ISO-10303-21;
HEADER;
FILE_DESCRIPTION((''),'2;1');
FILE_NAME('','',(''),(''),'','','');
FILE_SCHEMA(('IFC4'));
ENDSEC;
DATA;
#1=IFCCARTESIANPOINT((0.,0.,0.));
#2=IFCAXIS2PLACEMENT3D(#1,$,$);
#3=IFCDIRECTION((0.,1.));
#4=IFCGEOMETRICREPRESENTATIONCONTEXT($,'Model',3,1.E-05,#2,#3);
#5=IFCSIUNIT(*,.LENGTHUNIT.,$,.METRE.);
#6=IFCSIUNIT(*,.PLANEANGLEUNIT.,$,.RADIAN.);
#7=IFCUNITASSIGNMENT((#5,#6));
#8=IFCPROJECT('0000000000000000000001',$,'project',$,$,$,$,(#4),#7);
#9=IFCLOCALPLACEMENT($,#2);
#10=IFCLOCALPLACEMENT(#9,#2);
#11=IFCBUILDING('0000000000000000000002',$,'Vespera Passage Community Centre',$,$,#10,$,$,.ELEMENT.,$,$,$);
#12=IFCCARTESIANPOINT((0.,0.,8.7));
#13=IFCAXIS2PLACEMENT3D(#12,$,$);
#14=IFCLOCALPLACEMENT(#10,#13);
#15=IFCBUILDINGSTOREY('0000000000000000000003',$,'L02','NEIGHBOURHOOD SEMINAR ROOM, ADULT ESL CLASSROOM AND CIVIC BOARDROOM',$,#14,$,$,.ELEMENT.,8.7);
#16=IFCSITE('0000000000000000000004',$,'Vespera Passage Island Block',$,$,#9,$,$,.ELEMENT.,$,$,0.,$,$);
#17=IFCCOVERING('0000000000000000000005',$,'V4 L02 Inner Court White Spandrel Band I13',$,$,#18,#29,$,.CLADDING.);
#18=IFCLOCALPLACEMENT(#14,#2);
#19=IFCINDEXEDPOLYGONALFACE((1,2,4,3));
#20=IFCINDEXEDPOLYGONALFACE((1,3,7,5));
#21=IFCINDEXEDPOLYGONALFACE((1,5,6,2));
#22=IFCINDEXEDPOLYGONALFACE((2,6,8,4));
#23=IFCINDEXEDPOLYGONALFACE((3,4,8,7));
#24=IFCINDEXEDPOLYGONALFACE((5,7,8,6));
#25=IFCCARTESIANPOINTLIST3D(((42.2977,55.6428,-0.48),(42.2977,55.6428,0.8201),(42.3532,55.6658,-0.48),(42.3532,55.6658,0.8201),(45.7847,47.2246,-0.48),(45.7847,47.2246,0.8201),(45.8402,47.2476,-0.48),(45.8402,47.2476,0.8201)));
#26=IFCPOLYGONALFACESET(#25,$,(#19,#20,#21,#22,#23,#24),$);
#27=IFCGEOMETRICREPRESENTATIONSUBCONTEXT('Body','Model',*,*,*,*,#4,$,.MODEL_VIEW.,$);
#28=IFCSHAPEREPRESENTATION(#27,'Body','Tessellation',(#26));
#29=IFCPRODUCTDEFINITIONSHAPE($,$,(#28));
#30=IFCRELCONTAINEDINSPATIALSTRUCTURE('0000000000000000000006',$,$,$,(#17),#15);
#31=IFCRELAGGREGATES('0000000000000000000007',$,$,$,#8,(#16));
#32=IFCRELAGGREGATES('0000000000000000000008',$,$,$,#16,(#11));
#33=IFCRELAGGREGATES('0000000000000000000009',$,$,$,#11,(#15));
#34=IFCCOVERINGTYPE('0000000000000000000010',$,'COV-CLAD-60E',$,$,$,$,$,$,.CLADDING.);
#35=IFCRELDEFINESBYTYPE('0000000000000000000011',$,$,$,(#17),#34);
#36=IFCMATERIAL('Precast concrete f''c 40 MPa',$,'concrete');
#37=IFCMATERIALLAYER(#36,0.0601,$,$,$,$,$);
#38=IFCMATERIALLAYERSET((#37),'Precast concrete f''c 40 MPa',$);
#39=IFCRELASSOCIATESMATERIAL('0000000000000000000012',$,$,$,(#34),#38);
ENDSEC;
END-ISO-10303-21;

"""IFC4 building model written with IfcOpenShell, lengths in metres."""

from ifc_helpers import new_model, si_unit, direction, frame, frame_2d, origin, place, context, subcontext, project, spatial, rectangle, extrude, material, layer, layer_set, type_object, element, save


model = new_model("IFC4")

# Units and contexts
model_context = context("Model", 3, precision=1e-05, world=origin(), true_north=direction((0.0, 1.0)))
body_context = subcontext(model_context, "Body", "Model", "MODEL_VIEW")
ifc_project = project(units=[si_unit("LENGTHUNIT", "METRE"), si_unit("PLANEANGLEUNIT", "RADIAN")], contexts=[model_context])

# Site, building, storey
site_placement = place(None, origin())
site = spatial("IfcSite", under=ifc_project, at=site_placement, Name="Vespera Passage Island Block", CompositionType="ELEMENT", RefElevation=0.0)
building_placement = place(site_placement, origin())
building = spatial("IfcBuilding", under=site, at=building_placement, Name="Vespera Passage Community Centre", CompositionType="ELEMENT")
storey_placement = place(building_placement, frame((0.0, 0.0, 8.7)))
storey = spatial("IfcBuildingStorey", under=building, at=storey_placement, Name="L02", Description="NEIGHBOURHOOD SEMINAR ROOM, ADULT ESL CLASSROOM AND CIVIC BOARDROOM", CompositionType="ELEMENT", Elevation=8.7)

# Covering
ifc_material_1 = material(Name="Precast concrete f'c 40 MPa", Category="concrete")
ifc_layer_1 = layer(ifc_material_1, 0.0601)
ifc_layer_set_1 = layer_set([ifc_layer_1], Name="Precast concrete f'c 40 MPa")
covering_type = type_object("IfcCoveringType", Name="COV-CLAD-60E", PredefinedType="CLADDING", material=ifc_layer_set_1)
covering_placement = place(storey_placement, frame((42.3254, 55.6543, -0.48), z_axis=(0.0, 0.0, 1.0), x_axis=(0.382695, -0.923875, 0.0)))
element("IfcCovering", 1, at=covering_placement, inside=storey, type_object=covering_type, Name="V4 L02 Inner Court White Spandrel Band I13", PredefinedType="CLADDING", context=body_context, shape_type="SweptSolid", body=[
    extrude(rectangle(XDim=9.1118, YDim=0.0601, at=frame_2d((4.5559, 0.0))), origin(), (0.0, 0.0, 1.0), 1.3),
])

save(model, "model.ifc")
